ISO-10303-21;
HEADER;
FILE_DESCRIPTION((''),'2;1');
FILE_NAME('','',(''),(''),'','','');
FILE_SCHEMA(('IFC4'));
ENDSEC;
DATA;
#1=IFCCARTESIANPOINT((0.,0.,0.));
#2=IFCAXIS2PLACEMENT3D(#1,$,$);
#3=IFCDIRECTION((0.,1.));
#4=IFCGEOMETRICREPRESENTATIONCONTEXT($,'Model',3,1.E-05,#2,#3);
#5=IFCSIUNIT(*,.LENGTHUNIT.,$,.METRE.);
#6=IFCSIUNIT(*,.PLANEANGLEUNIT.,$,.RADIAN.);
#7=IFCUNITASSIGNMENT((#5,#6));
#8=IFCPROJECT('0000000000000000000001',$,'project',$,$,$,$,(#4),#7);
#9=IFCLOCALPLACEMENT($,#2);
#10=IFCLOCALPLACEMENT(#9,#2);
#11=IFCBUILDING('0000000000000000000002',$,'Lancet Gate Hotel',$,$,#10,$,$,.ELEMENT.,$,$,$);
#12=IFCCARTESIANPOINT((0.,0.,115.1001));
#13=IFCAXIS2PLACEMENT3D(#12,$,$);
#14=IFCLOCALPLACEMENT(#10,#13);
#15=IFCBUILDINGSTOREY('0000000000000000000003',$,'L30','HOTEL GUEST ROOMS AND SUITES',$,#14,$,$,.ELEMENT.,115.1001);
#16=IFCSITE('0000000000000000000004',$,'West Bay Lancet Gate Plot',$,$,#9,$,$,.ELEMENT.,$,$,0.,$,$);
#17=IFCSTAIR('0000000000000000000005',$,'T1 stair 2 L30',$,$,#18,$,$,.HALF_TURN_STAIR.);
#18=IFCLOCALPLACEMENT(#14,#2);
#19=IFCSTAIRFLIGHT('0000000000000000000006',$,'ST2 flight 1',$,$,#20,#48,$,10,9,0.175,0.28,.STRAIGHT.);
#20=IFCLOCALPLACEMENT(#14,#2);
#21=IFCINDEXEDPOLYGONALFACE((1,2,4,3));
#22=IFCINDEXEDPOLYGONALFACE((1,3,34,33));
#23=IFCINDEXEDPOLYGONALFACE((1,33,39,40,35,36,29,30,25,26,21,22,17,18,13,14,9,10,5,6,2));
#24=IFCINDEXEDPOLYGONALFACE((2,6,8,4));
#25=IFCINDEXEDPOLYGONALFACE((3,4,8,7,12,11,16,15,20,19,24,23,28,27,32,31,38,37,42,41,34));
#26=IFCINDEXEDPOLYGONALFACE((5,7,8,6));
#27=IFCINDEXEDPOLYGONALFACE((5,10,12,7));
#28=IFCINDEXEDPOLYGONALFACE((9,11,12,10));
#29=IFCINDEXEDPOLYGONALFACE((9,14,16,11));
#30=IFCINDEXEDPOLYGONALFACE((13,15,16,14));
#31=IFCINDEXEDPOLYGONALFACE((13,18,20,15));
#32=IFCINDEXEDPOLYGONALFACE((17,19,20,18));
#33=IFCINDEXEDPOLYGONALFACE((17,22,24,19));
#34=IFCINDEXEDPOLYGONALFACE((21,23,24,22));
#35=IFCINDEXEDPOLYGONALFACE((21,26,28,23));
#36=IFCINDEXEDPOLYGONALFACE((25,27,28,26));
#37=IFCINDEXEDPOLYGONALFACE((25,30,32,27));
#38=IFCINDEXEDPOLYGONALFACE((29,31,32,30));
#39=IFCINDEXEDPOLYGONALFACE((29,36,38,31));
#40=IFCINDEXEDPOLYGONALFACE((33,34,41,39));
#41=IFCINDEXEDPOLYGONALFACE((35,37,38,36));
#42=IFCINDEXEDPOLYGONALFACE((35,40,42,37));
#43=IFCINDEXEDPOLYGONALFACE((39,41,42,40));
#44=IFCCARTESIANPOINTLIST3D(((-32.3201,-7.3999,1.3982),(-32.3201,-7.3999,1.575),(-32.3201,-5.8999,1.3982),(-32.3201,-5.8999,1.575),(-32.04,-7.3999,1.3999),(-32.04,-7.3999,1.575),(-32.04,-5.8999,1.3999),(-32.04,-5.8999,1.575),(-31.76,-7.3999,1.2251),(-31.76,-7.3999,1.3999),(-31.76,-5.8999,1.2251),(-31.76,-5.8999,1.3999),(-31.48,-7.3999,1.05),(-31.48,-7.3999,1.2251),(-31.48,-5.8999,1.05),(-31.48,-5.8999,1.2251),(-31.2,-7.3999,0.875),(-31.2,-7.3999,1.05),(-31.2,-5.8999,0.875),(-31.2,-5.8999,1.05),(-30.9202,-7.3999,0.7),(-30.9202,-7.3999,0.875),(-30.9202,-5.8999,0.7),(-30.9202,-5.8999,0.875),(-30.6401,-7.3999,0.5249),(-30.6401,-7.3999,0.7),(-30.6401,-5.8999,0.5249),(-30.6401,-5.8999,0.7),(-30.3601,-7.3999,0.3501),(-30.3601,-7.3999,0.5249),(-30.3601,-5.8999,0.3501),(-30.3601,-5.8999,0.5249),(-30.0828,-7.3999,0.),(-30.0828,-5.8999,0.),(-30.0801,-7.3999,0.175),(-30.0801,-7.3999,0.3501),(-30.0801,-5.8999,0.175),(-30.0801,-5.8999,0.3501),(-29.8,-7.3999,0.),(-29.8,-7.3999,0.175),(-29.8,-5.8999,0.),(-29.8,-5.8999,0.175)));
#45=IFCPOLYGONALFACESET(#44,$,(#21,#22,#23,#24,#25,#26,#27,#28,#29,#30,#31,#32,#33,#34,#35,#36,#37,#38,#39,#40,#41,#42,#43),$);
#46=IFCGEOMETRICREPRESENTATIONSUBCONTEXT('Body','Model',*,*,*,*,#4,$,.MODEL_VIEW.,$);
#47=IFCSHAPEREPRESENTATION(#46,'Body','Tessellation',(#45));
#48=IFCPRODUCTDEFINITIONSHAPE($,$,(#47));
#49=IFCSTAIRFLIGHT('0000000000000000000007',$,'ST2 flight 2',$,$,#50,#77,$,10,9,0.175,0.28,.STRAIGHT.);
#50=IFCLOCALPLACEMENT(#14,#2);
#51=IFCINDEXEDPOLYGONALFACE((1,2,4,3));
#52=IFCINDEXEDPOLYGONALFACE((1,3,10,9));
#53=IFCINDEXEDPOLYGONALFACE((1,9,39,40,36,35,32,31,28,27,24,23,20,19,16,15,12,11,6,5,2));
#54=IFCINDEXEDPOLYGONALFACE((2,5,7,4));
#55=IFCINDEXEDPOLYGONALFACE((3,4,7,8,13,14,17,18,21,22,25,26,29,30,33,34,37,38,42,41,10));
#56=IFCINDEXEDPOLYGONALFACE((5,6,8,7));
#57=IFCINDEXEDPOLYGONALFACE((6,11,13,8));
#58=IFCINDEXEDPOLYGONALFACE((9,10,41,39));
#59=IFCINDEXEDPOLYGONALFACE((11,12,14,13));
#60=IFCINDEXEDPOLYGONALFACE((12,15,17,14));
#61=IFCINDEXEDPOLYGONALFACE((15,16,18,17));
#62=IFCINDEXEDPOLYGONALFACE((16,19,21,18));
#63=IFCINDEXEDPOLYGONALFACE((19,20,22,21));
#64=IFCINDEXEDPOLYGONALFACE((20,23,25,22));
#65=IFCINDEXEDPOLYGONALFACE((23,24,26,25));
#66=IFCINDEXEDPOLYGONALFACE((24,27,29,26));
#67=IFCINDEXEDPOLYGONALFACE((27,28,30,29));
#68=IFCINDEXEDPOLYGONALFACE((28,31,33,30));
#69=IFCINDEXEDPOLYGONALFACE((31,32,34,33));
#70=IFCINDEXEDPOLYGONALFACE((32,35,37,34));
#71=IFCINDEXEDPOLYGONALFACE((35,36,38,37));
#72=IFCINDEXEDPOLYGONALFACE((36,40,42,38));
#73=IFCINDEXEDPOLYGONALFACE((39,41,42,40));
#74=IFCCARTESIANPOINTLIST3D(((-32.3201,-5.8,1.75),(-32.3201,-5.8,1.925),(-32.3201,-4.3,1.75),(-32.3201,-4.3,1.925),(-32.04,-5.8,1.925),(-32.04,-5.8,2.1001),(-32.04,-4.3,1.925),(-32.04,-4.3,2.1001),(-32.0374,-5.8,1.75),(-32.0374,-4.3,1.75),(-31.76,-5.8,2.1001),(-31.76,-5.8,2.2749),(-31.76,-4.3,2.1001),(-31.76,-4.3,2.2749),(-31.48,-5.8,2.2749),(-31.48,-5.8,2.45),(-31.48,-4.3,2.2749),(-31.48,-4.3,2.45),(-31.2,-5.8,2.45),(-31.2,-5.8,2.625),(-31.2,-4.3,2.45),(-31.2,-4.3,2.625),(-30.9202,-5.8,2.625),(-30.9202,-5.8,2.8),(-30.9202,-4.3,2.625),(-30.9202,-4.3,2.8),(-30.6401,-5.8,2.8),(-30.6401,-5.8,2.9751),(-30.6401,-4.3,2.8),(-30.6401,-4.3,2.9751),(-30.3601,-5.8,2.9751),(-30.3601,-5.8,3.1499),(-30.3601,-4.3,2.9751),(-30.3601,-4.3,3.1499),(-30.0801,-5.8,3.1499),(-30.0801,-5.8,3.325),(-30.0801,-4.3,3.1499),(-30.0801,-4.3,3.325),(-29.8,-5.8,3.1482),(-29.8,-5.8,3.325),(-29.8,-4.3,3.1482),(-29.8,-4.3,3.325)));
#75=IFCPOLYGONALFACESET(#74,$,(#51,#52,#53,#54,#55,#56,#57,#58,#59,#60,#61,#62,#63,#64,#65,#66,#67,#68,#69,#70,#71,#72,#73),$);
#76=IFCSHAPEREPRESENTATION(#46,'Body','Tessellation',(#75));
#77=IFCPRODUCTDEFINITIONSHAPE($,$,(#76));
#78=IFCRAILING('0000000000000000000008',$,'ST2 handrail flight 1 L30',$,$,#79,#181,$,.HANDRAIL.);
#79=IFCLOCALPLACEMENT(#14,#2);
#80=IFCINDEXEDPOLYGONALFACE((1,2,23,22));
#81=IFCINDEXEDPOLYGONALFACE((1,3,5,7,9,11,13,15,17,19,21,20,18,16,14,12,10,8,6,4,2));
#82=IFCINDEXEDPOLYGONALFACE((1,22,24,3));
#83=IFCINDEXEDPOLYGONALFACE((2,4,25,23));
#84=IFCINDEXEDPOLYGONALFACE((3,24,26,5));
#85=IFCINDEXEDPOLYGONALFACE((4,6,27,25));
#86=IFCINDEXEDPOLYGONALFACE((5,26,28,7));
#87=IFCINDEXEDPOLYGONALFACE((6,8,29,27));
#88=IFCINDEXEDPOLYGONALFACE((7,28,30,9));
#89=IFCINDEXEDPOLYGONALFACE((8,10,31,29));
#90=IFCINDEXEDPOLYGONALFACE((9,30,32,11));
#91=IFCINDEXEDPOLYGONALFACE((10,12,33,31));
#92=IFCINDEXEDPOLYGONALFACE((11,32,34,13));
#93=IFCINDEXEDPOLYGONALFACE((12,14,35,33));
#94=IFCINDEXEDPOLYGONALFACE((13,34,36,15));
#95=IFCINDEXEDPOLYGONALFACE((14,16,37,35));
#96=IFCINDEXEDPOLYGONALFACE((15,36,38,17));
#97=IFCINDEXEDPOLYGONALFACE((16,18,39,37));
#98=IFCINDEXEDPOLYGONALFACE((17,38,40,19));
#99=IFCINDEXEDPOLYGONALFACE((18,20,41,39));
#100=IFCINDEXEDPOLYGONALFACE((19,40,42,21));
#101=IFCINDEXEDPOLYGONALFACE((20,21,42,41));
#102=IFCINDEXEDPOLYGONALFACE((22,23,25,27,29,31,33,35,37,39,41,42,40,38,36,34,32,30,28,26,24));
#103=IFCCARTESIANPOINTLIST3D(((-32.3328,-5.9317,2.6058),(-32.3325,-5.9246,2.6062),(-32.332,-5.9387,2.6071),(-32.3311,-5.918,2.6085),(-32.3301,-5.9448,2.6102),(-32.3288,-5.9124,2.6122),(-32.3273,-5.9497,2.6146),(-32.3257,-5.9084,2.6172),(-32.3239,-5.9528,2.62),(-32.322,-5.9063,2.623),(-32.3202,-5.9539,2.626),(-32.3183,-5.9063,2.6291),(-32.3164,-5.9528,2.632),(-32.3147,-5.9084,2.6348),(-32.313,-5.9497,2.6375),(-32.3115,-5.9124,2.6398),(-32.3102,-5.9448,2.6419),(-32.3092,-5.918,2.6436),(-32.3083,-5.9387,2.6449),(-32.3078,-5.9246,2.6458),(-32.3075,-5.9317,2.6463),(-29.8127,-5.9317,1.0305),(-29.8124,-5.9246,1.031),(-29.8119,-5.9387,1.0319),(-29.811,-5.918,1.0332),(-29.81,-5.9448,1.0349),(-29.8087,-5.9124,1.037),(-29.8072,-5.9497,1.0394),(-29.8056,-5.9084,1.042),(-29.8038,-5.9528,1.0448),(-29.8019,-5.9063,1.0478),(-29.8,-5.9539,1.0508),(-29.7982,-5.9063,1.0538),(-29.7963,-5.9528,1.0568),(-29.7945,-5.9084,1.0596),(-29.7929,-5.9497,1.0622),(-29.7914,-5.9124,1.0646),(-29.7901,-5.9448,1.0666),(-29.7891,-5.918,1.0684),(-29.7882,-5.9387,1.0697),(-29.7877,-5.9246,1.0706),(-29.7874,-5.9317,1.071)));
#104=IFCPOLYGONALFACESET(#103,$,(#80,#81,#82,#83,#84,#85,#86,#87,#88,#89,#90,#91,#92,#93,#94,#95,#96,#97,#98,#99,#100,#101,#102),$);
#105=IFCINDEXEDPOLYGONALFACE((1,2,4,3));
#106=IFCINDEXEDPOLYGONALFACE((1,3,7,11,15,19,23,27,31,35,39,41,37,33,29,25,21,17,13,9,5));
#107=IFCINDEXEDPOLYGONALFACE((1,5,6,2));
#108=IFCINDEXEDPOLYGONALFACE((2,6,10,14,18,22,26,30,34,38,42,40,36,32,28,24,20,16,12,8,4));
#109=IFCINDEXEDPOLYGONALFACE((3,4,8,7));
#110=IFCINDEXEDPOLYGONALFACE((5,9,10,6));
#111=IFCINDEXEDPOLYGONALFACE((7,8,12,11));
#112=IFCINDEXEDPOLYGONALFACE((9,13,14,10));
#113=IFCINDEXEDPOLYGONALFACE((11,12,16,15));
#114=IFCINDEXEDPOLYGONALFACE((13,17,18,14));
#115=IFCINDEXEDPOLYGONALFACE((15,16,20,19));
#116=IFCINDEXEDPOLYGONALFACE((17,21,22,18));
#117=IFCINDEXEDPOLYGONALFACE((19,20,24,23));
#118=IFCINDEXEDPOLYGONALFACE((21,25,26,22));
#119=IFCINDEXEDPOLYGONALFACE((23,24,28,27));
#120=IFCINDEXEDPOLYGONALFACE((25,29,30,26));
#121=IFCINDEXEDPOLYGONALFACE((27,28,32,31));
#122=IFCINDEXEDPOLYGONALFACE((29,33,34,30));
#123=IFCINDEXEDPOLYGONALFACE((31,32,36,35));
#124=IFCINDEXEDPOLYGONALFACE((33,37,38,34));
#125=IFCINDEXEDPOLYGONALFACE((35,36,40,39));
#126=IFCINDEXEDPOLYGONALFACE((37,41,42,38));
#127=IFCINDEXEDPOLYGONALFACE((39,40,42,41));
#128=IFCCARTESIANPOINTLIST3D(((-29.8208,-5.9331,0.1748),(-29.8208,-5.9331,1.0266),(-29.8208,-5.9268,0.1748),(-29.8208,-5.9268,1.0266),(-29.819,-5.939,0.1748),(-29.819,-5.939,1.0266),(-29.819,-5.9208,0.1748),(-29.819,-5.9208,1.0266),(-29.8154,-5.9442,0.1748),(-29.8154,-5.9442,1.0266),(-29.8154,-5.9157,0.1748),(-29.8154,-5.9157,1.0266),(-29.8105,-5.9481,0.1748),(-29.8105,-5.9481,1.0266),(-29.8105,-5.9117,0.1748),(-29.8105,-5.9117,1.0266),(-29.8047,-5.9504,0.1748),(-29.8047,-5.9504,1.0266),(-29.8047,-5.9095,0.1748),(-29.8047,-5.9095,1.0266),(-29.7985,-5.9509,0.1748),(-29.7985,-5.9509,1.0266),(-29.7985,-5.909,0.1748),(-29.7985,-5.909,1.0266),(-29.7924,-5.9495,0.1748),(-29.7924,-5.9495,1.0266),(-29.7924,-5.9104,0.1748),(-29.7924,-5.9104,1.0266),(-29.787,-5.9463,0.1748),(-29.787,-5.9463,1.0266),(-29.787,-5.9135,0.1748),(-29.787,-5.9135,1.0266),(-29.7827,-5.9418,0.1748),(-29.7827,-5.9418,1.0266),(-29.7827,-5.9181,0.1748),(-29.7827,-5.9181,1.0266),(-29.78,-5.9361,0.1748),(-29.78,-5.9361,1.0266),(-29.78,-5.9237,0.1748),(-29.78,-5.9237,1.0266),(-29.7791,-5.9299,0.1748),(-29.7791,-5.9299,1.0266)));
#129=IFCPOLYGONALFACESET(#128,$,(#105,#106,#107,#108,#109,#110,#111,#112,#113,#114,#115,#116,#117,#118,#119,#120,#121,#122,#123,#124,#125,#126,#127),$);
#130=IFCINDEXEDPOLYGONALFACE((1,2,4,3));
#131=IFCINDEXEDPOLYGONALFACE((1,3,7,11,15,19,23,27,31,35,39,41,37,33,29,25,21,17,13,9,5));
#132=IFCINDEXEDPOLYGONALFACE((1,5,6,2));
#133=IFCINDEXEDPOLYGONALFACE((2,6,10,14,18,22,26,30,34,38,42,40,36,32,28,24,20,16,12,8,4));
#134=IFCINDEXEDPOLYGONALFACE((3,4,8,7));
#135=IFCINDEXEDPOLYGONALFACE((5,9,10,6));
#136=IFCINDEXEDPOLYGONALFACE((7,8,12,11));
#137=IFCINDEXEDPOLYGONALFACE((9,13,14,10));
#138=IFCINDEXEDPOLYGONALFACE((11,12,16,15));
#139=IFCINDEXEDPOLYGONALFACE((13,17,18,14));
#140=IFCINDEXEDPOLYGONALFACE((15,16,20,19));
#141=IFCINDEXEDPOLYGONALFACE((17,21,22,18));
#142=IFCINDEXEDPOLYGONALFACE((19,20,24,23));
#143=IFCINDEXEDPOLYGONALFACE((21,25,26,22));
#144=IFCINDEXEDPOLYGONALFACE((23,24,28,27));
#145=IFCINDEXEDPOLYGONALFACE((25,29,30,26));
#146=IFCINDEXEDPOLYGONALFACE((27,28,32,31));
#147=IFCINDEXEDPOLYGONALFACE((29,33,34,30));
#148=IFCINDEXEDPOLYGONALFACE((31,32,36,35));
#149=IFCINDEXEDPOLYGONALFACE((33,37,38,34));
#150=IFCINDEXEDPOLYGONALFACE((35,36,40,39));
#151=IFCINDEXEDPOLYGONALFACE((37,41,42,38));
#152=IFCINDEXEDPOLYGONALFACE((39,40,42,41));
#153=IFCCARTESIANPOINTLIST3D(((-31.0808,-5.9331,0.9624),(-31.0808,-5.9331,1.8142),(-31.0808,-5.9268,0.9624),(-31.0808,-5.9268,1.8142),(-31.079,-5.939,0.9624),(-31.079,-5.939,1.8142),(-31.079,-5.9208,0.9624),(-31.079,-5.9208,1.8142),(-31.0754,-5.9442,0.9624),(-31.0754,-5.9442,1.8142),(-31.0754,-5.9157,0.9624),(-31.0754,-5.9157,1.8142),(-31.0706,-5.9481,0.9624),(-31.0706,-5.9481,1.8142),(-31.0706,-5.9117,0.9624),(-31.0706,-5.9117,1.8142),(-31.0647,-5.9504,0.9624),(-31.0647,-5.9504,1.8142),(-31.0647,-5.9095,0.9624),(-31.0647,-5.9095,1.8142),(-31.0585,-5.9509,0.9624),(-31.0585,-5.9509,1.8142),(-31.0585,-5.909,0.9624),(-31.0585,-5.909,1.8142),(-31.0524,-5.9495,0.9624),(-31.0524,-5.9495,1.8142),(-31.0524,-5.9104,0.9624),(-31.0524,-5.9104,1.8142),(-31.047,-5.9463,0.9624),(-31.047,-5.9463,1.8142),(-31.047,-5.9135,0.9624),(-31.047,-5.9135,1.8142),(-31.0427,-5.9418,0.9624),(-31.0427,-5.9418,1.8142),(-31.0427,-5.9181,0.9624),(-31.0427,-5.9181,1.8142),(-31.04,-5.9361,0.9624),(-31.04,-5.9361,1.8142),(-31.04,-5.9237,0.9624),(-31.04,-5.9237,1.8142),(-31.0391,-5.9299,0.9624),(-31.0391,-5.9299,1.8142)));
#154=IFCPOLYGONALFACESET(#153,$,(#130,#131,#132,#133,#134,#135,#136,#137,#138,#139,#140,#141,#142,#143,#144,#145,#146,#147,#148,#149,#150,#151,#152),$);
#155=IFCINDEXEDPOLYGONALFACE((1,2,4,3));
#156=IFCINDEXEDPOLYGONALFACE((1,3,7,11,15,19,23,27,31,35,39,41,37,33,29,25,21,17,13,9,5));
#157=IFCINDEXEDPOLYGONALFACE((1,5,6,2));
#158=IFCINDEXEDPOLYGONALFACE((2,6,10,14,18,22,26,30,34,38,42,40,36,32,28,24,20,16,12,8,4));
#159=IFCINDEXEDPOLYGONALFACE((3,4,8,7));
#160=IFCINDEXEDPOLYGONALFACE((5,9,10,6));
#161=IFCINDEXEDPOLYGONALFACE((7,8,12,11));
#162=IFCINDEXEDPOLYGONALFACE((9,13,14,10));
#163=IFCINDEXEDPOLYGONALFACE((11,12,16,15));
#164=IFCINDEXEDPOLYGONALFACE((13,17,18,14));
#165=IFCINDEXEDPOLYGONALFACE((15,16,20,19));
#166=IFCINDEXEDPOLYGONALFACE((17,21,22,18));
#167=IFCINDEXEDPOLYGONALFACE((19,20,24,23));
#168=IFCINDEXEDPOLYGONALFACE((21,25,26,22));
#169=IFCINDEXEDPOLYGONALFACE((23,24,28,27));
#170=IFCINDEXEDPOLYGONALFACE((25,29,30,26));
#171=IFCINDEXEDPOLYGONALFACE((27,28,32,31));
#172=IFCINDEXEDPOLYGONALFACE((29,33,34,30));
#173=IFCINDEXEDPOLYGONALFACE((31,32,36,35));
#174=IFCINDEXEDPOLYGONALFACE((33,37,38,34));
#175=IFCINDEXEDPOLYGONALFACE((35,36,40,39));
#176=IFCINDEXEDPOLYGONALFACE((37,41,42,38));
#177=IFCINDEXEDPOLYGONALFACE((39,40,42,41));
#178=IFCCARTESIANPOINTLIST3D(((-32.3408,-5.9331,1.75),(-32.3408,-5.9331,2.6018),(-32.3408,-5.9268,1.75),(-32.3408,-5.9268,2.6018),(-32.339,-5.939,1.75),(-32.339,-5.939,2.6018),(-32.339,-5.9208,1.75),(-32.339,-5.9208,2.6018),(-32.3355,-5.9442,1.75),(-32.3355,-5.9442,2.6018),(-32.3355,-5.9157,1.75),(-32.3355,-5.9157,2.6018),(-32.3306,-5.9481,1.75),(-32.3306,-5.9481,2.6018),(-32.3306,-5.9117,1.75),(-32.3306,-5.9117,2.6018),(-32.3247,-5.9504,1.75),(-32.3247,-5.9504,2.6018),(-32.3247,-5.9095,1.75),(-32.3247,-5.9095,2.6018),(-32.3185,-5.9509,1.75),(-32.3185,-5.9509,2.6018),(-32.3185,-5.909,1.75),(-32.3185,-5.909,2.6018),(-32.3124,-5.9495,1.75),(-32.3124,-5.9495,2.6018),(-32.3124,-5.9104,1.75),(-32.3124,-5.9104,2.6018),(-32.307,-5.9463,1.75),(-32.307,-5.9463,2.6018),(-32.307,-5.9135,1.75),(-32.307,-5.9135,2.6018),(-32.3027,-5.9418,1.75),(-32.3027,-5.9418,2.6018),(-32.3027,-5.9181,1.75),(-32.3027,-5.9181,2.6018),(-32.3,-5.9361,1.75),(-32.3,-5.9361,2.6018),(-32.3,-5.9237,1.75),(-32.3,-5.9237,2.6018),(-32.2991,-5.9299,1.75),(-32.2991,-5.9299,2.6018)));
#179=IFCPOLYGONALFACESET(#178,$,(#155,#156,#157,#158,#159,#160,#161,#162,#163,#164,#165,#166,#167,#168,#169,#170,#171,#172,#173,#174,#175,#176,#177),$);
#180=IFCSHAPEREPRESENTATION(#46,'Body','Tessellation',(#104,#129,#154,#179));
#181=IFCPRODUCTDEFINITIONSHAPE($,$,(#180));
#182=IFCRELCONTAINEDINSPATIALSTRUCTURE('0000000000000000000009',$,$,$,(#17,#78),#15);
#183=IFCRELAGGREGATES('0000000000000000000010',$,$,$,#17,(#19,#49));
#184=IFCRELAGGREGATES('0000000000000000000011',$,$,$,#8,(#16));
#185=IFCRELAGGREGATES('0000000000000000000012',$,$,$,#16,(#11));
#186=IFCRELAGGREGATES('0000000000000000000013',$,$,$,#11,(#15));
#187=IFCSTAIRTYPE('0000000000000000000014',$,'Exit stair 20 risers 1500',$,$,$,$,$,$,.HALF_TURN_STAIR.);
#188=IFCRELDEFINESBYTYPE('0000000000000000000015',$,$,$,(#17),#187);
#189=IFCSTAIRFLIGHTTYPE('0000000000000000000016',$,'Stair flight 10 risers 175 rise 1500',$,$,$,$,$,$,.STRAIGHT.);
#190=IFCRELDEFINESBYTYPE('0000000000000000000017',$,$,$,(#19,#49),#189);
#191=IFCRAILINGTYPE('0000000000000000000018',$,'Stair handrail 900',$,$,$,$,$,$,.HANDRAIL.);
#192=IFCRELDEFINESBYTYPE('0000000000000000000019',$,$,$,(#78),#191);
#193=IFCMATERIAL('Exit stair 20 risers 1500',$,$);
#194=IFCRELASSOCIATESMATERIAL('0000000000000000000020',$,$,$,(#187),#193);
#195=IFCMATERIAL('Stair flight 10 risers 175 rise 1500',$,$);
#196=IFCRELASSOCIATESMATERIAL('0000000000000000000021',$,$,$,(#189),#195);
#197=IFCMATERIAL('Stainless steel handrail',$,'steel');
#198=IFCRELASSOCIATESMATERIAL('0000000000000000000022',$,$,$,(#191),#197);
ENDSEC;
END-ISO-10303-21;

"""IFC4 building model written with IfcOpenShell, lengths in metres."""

from ifc_helpers import new_model, si_unit, direction, frame, origin, origin_2d, place, context, subcontext, project, spatial, polyline, circle, outline, extrude, material, type_object, element, aggregate, save


model = new_model("IFC4")

# Units and contexts
model_context = context("Model", 3, precision=1e-05, world=origin(), true_north=direction((0.0, 1.0)))
body_context = subcontext(model_context, "Body", "Model", "MODEL_VIEW")
ifc_project = project(units=[si_unit("LENGTHUNIT", "METRE"), si_unit("PLANEANGLEUNIT", "RADIAN")], contexts=[model_context])

# Site, building, storey
site_placement = place(None, origin())
site = spatial("IfcSite", under=ifc_project, at=site_placement, Name="West Bay Lancet Gate Plot", CompositionType="ELEMENT", RefElevation=0.0)
building_placement = place(site_placement, origin())
building = spatial("IfcBuilding", under=site, at=building_placement, Name="Lancet Gate Hotel", CompositionType="ELEMENT")
storey_placement = place(building_placement, frame((0.0, 0.0, 115.1001)))
storey = spatial("IfcBuildingStorey", under=building, at=storey_placement, Name="L30", Description="HOTEL GUEST ROOMS AND SUITES", CompositionType="ELEMENT", Elevation=115.1001)

# Stair, stair flights
ifc_material_1 = material(Name="Exit stair 20 risers 1500")
stair_type = type_object("IfcStairType", Name="Exit stair 20 risers 1500", PredefinedType="HALF_TURN_STAIR", material=ifc_material_1)
stair_placement = place(storey_placement, origin())
stair = element("IfcStair", 1, at=stair_placement, inside=storey, type_object=stair_type, Name="T1 stair 2 L30", PredefinedType="HALF_TURN_STAIR")
ifc_material_2 = material(Name="Stair flight 10 risers 175 rise 1500")
stair_flight_type = type_object("IfcStairFlightType", Name="Stair flight 10 risers 175 rise 1500", PredefinedType="STRAIGHT", material=ifc_material_2)
stair_flight_1_placement = place(storey_placement, frame((-29.8, -6.6499, 0.0), z_axis=(0.0, 0.0, 1.0), x_axis=(-1.0, 0.0, 0.0)))
stair_flight_1 = element("IfcStairFlight", 2, at=stair_flight_1_placement, type_object=stair_flight_type, Name="ST2 flight 1", NumberOfRisers=10, NumberOfTreads=9, PredefinedType="STRAIGHT", RiserHeight=0.175, TreadLength=0.28, context=body_context, shape_type="SweptSolid", body=[
    extrude(outline(polyline([(0.0, 0.0), (0.0, 0.175), (0.28, 0.175), (0.28, 0.3501), (0.5601, 0.3501), (0.5601, 0.5249), (0.8401, 0.5249), (0.8401, 0.7), (1.1201, 0.7), (1.1201, 0.875), (1.3999, 0.875), (1.3999, 1.05), (1.6799, 1.05), (1.6799, 1.2251), (1.96, 1.2251), (1.96, 1.3999), (2.24, 1.3999), (2.24, 1.575), (2.52, 1.575), (2.52, 1.75), (2.52, 1.3982), (0.2827, 0.0), (0.0, 0.0)])), frame((0.0, 0.75, 0.0), z_axis=(0.0, -1.0, 0.0), x_axis=(1.0, 0.0, 0.0)), (0.0, 0.0, 1.0), 1.5),
])
stair_flight_2_placement = place(storey_placement, frame((-32.3201, -5.05, 1.75), z_axis=(0.0, 0.0, 1.0), x_axis=(1.0, 0.0, 0.0)))
stair_flight_2 = element("IfcStairFlight", 3, at=stair_flight_2_placement, type_object=stair_flight_type, Name="ST2 flight 2", NumberOfRisers=10, NumberOfTreads=9, PredefinedType="STRAIGHT", RiserHeight=0.175, TreadLength=0.28, context=body_context, shape_type="SweptSolid", body=[
    extrude(outline(polyline([(0.0, 0.0), (0.0, 0.175), (0.28, 0.175), (0.28, 0.3501), (0.5601, 0.3501), (0.5601, 0.5249), (0.8401, 0.5249), (0.8401, 0.7), (1.1201, 0.7), (1.1201, 0.875), (1.3999, 0.875), (1.3999, 1.05), (1.6799, 1.05), (1.6799, 1.2251), (1.96, 1.2251), (1.96, 1.3999), (2.24, 1.3999), (2.24, 1.575), (2.52, 1.575), (2.52, 1.75), (2.52, 1.3982), (0.2827, 0.0), (0.0, 0.0)])), frame((0.0, 0.75, 0.0), z_axis=(0.0, -1.0, 0.0), x_axis=(1.0, 0.0, 0.0)), (0.0, 0.0, 1.0), 1.5),
])
aggregate(stair, [stair_flight_1, stair_flight_2])

# Railing
ifc_material_3 = material(Name="Stainless steel handrail", Category="steel")
railing_type = type_object("IfcRailingType", Name="Stair handrail 900", PredefinedType="HANDRAIL", material=ifc_material_3)
railing_1_placement = place(storey_placement, frame((-29.8, -5.9299, 0.1748)))
element("IfcRailing", 4, at=railing_1_placement, inside=storey, type_object=railing_type, Name="ST2 handrail flight 1 L30", PredefinedType="HANDRAIL", context=body_context, shape_type="SweptSolid", body=[
    extrude(circle(Radius=0.0239, at=origin_2d()), frame((0.0, 0.0, 0.876), z_axis=(-0.847971, 0.0, 0.530043), x_axis=(0.0, -1.0, 0.0)), (0.0, 0.0, 1.0), 2.9719),
    extrude(circle(Radius=0.021, at=origin_2d()), origin(), (0.0, 0.0, 1.0), 0.8518),
    extrude(circle(Radius=0.021, at=origin_2d()), frame((-1.26, 0.0, 0.7876)), (0.0, 0.0, 1.0), 0.8518),
    extrude(circle(Radius=0.021, at=origin_2d()), frame((-2.52, 0.0, 1.5752)), (0.0, 0.0, 1.0), 0.8518),
])

save(model, "model.ifc")
